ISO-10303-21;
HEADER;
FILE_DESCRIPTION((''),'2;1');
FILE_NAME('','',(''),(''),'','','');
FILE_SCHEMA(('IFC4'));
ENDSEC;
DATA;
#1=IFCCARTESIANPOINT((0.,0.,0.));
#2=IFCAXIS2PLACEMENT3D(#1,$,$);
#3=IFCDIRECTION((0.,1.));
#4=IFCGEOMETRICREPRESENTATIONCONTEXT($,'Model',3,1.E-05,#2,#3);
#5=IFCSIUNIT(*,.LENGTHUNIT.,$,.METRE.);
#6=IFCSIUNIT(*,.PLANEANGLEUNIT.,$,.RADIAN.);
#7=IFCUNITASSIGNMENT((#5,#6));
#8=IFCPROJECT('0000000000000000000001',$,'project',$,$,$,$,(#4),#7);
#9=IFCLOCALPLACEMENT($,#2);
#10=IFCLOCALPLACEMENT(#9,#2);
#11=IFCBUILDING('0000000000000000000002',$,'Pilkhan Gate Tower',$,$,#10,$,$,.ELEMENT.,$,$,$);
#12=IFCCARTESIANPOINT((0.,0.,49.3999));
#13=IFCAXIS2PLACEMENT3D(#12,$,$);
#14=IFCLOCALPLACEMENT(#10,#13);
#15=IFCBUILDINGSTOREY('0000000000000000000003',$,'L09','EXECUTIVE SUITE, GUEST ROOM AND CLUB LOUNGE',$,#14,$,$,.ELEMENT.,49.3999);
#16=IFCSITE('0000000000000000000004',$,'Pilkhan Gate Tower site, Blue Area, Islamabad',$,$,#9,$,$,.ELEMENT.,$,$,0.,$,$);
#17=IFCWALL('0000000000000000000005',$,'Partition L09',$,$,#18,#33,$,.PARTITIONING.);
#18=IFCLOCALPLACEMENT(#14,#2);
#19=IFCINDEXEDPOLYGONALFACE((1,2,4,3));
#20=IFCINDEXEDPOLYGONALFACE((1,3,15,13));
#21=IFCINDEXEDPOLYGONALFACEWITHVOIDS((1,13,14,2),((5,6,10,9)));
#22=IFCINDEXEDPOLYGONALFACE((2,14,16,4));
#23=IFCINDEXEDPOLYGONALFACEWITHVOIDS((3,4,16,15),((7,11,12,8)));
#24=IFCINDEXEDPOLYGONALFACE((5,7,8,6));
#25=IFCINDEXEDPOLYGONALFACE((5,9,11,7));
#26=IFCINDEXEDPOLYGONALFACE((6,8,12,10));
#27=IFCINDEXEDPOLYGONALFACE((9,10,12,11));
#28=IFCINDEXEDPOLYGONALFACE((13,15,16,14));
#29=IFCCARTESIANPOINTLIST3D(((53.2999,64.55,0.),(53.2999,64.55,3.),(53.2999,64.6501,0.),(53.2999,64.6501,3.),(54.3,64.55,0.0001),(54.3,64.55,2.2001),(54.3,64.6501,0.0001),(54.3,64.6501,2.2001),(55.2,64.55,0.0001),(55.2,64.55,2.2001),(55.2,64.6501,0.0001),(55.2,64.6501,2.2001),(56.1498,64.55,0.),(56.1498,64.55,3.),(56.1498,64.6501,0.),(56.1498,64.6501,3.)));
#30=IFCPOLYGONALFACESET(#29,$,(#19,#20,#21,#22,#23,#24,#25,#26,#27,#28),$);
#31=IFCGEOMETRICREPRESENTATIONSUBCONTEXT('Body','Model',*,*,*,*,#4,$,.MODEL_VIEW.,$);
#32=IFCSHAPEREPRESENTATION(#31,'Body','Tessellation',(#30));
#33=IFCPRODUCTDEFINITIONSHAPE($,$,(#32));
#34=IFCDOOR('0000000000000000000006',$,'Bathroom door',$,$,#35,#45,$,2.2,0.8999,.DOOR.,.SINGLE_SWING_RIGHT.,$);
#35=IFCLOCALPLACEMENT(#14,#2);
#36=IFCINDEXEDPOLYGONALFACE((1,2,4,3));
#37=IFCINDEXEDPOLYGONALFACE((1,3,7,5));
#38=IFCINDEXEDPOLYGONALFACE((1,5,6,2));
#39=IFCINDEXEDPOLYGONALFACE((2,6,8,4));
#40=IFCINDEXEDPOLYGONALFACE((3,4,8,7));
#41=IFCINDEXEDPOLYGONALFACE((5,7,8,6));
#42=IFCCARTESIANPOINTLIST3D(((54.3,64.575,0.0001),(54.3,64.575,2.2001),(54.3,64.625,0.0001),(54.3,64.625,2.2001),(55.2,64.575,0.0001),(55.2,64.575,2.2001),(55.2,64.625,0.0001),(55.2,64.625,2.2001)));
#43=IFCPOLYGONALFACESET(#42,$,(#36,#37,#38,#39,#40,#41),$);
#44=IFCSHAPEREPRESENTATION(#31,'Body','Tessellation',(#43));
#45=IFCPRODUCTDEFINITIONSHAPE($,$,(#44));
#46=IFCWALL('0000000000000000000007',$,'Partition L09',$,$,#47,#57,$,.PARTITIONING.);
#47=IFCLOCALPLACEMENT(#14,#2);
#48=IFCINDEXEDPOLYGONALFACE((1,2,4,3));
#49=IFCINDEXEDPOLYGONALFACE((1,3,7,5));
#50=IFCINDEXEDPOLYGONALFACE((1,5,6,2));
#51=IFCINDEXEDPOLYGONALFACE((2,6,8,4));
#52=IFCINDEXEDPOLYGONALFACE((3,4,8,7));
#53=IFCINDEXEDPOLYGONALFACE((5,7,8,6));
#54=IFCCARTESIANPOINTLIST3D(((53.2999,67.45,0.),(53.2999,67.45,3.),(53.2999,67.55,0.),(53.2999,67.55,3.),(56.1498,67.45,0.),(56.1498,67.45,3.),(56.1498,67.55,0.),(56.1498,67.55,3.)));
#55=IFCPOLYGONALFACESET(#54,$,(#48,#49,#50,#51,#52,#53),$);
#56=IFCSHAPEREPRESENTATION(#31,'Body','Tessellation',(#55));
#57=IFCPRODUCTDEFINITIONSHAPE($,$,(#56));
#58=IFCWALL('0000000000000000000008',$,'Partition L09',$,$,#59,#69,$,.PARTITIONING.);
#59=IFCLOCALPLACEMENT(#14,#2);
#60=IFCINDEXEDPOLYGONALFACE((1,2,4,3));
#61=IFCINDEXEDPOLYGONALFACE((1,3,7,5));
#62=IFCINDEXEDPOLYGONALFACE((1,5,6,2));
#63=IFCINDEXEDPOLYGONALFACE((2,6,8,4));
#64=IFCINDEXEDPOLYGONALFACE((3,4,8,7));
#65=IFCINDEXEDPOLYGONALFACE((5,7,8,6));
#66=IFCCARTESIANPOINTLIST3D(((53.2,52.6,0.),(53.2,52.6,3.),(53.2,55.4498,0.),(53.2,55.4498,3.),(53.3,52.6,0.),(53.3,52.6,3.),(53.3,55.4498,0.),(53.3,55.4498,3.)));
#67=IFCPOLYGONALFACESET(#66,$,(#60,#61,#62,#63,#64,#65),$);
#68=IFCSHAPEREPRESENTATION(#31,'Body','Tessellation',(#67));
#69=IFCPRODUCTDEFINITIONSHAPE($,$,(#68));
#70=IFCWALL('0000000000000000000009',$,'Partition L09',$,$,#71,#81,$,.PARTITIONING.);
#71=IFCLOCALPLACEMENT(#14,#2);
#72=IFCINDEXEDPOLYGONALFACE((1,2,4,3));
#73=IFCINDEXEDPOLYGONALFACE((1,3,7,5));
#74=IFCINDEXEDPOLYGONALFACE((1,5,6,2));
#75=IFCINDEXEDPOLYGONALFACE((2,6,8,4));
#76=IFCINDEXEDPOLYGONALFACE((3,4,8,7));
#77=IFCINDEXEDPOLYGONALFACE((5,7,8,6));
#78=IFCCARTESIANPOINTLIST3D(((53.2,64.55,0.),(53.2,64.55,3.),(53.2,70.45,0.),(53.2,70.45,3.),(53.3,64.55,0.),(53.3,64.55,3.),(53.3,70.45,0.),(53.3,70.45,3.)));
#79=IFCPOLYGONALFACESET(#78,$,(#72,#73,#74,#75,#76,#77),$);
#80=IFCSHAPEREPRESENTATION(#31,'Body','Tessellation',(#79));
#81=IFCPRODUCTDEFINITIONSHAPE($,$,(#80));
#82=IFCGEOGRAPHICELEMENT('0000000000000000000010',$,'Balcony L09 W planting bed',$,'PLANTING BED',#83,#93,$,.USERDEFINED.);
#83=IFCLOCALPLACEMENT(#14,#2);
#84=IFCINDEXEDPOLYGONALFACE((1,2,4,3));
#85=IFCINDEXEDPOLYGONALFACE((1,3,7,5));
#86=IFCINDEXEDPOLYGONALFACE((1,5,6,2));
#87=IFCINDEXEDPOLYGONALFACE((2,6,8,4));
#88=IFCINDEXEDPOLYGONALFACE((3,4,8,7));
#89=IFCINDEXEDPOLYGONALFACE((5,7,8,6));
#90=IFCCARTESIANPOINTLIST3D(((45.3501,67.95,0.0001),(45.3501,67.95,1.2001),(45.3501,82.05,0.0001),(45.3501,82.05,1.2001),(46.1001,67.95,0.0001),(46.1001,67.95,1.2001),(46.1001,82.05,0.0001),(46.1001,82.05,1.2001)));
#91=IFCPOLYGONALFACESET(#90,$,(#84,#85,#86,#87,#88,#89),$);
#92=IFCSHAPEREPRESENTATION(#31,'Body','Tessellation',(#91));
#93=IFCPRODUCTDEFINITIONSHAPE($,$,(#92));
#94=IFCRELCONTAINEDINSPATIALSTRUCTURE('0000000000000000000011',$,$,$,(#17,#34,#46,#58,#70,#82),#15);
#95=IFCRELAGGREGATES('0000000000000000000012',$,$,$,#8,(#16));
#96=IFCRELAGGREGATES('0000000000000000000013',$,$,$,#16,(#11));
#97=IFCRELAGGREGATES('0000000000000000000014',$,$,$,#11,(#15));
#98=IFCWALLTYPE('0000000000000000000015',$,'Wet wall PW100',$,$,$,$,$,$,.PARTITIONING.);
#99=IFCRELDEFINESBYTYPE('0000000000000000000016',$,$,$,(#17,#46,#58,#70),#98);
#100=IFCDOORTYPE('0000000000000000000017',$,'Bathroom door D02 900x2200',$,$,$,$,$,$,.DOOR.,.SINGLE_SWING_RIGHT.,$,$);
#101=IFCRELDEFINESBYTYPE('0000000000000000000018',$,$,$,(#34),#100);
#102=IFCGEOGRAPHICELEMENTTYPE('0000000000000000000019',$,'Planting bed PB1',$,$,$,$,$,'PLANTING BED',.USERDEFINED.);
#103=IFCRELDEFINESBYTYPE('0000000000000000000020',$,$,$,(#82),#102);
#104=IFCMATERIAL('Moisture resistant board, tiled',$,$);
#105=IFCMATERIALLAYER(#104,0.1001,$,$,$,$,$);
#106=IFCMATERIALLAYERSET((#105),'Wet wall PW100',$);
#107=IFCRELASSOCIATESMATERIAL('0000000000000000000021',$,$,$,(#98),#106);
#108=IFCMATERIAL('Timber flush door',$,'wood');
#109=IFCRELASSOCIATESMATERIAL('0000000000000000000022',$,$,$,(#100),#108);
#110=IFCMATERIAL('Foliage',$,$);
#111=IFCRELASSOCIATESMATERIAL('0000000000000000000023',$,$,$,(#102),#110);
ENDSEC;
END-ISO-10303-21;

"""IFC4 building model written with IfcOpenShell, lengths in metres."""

from ifc_helpers import new_model, si_unit, direction, frame, frame_2d, origin, origin_2d, place, context, subcontext, project, spatial, rectangle, extrude, material, layer, layer_set, material_profile, profile_set, type_object, element, fill, save


model = new_model("IFC4")

# Units and contexts
model_context = context("Model", 3, precision=1e-05, world=origin(), true_north=direction((0.0, 1.0)))
body_context = subcontext(model_context, "Body", "Model", "MODEL_VIEW")
ifc_project = project(units=[si_unit("LENGTHUNIT", "METRE"), si_unit("PLANEANGLEUNIT", "RADIAN")], contexts=[model_context])

# Site, building, storey
site_placement = place(None, origin())
site = spatial("IfcSite", under=ifc_project, at=site_placement, Name="Pilkhan Gate Tower site, Blue Area, Islamabad", CompositionType="ELEMENT", RefElevation=0.0)
building_placement = place(site_placement, origin())
building = spatial("IfcBuilding", under=site, at=building_placement, Name="Pilkhan Gate Tower", CompositionType="ELEMENT")
storey_placement = place(building_placement, frame((0.0, 0.0, 49.3999)))
storey = spatial("IfcBuildingStorey", under=building, at=storey_placement, Name="L09", Description="EXECUTIVE SUITE, GUEST ROOM AND CLUB LOUNGE", CompositionType="ELEMENT", Elevation=49.3999)

# Wall, opening, door
ifc_material_1 = material(Name="Moisture resistant board, tiled")
ifc_layer_1 = layer(ifc_material_1, 0.1001)
ifc_layer_set_1 = layer_set([ifc_layer_1], Name="Wet wall PW100")
wall_type_1 = type_object("IfcWallType", Name="Wet wall PW100", PredefinedType="PARTITIONING", material=ifc_layer_set_1)
ifc_material_2 = material(Name="Timber flush door", Category="wood")
door_type = type_object("IfcDoorType", Name="Bathroom door D02 900x2200", OperationType="SINGLE_SWING_RIGHT", PredefinedType="DOOR", material=ifc_material_2)
wall_1_placement = place(storey_placement, frame((53.3, 64.6001, 0.0), z_axis=(0.0, 0.0, 1.0), x_axis=(1.0, 0.0, 0.0)))
wall_1 = element("IfcWall", 1, at=wall_1_placement, inside=storey, type_object=wall_type_1, Name="Partition L09", PredefinedType="PARTITIONING", context=body_context, shape_type="SweptSolid", body=[
    extrude(rectangle(XDim=2.8499, YDim=0.1001, at=frame_2d((1.4248, 0.0))), origin(), (0.0, 0.0, 1.0), 3.0),
])
opening_1_placement = place(wall_1_placement, frame((1.0, 0.0, 0.0)))
opening_1 = element("IfcOpeningElement", 2, at=opening_1_placement, cuts=wall_1, PredefinedType="OPENING", context=body_context, shape_type="SweptSolid", body=[
    extrude(rectangle(XDim=0.8999, YDim=2.2, at=frame_2d((0.45, 1.1001))), frame((0.0, 0.0601, 0.0), z_axis=(0.0, -1.0, 0.0), x_axis=(1.0, 0.0, 0.0)), (0.0, 0.0, 1.0), 0.1201),
])
door_1_placement = place(opening_1_placement, origin())
door_1 = element("IfcDoor", 3, at=door_1_placement, inside=storey, type_object=door_type, Name="Bathroom door", OperationType="SINGLE_SWING_RIGHT", OverallHeight=2.2, OverallWidth=0.8999, PredefinedType="DOOR", context=body_context, shape_type="SweptSolid", body=[
    extrude(rectangle(XDim=0.8999, YDim=2.2, at=frame_2d((0.45, 1.1001))), frame((0.0, 0.0249, 0.0), z_axis=(0.0, -1.0, 0.0), x_axis=(1.0, 0.0, 0.0)), (0.0, 0.0, 1.0), 0.05),
])
fill(opening_1, door_1)

# Walls
for number, where, z_axis, x_axis, name in (
    (4, (53.3, 67.5, 0.0), (0.0, 0.0, 1.0), (1.0, 0.0, 0.0), "Partition L09"),
    (5, (53.25, 52.6001, 0.0), (0.0, 0.0, 1.0), (0.0, 1.0, 0.0), "Partition L09"),
):
    element("IfcWall", number, at=place(storey_placement, frame(where, z_axis=z_axis, x_axis=x_axis)), inside=storey, type_object=wall_type_1, Name=name, PredefinedType="PARTITIONING", context=body_context, shape_type="SweptSolid", body=[
        extrude(rectangle(XDim=2.8499, YDim=0.1001, at=frame_2d((1.4248, 0.0))), origin(), (0.0, 0.0, 1.0), 3.0),
    ])
wall_2_placement = place(storey_placement, frame((53.25, 64.55, 0.0), z_axis=(0.0, 0.0, 1.0), x_axis=(0.0, 1.0, 0.0)))
element("IfcWall", 6, at=wall_2_placement, inside=storey, type_object=wall_type_1, Name="Partition L09", PredefinedType="PARTITIONING", context=body_context, shape_type="SweptSolid", body=[
    extrude(rectangle(XDim=5.8999, YDim=0.1001, at=frame_2d((2.95, 0.0))), origin(), (0.0, 0.0, 1.0), 3.0),
])

# Geographic element
ifc_material_3 = material(Name="Foliage")
ifc_material_profile_1 = material_profile(ifc_material_3, rectangle(XDim=0.75, YDim=1.2, at=origin_2d()), Name="Bed 750x1200")
ifc_profile_set_1 = profile_set([ifc_material_profile_1], Name="Foliage")
geographic_element_type = type_object("IfcGeographicElementType", Name="Planting bed PB1", ElementType="PLANTING BED", PredefinedType="USERDEFINED", material=ifc_profile_set_1)
geographic_element_placement = place(storey_placement, frame((45.7251, 67.95, 0.6001), z_axis=(0.0, 1.0, 0.0), x_axis=(-1.0, 0.0, 0.0)))
element("IfcGeographicElement", 7, at=geographic_element_placement, inside=storey, type_object=geographic_element_type, Name="Balcony L09 W planting bed", ObjectType="PLANTING BED", PredefinedType="USERDEFINED", context=body_context, shape_type="SweptSolid", body=[
    extrude(rectangle(XDim=0.75, YDim=1.2, at=origin_2d()), origin(), (0.0, 0.0, 1.0), 14.1001),
])

save(model, "model.ifc")
